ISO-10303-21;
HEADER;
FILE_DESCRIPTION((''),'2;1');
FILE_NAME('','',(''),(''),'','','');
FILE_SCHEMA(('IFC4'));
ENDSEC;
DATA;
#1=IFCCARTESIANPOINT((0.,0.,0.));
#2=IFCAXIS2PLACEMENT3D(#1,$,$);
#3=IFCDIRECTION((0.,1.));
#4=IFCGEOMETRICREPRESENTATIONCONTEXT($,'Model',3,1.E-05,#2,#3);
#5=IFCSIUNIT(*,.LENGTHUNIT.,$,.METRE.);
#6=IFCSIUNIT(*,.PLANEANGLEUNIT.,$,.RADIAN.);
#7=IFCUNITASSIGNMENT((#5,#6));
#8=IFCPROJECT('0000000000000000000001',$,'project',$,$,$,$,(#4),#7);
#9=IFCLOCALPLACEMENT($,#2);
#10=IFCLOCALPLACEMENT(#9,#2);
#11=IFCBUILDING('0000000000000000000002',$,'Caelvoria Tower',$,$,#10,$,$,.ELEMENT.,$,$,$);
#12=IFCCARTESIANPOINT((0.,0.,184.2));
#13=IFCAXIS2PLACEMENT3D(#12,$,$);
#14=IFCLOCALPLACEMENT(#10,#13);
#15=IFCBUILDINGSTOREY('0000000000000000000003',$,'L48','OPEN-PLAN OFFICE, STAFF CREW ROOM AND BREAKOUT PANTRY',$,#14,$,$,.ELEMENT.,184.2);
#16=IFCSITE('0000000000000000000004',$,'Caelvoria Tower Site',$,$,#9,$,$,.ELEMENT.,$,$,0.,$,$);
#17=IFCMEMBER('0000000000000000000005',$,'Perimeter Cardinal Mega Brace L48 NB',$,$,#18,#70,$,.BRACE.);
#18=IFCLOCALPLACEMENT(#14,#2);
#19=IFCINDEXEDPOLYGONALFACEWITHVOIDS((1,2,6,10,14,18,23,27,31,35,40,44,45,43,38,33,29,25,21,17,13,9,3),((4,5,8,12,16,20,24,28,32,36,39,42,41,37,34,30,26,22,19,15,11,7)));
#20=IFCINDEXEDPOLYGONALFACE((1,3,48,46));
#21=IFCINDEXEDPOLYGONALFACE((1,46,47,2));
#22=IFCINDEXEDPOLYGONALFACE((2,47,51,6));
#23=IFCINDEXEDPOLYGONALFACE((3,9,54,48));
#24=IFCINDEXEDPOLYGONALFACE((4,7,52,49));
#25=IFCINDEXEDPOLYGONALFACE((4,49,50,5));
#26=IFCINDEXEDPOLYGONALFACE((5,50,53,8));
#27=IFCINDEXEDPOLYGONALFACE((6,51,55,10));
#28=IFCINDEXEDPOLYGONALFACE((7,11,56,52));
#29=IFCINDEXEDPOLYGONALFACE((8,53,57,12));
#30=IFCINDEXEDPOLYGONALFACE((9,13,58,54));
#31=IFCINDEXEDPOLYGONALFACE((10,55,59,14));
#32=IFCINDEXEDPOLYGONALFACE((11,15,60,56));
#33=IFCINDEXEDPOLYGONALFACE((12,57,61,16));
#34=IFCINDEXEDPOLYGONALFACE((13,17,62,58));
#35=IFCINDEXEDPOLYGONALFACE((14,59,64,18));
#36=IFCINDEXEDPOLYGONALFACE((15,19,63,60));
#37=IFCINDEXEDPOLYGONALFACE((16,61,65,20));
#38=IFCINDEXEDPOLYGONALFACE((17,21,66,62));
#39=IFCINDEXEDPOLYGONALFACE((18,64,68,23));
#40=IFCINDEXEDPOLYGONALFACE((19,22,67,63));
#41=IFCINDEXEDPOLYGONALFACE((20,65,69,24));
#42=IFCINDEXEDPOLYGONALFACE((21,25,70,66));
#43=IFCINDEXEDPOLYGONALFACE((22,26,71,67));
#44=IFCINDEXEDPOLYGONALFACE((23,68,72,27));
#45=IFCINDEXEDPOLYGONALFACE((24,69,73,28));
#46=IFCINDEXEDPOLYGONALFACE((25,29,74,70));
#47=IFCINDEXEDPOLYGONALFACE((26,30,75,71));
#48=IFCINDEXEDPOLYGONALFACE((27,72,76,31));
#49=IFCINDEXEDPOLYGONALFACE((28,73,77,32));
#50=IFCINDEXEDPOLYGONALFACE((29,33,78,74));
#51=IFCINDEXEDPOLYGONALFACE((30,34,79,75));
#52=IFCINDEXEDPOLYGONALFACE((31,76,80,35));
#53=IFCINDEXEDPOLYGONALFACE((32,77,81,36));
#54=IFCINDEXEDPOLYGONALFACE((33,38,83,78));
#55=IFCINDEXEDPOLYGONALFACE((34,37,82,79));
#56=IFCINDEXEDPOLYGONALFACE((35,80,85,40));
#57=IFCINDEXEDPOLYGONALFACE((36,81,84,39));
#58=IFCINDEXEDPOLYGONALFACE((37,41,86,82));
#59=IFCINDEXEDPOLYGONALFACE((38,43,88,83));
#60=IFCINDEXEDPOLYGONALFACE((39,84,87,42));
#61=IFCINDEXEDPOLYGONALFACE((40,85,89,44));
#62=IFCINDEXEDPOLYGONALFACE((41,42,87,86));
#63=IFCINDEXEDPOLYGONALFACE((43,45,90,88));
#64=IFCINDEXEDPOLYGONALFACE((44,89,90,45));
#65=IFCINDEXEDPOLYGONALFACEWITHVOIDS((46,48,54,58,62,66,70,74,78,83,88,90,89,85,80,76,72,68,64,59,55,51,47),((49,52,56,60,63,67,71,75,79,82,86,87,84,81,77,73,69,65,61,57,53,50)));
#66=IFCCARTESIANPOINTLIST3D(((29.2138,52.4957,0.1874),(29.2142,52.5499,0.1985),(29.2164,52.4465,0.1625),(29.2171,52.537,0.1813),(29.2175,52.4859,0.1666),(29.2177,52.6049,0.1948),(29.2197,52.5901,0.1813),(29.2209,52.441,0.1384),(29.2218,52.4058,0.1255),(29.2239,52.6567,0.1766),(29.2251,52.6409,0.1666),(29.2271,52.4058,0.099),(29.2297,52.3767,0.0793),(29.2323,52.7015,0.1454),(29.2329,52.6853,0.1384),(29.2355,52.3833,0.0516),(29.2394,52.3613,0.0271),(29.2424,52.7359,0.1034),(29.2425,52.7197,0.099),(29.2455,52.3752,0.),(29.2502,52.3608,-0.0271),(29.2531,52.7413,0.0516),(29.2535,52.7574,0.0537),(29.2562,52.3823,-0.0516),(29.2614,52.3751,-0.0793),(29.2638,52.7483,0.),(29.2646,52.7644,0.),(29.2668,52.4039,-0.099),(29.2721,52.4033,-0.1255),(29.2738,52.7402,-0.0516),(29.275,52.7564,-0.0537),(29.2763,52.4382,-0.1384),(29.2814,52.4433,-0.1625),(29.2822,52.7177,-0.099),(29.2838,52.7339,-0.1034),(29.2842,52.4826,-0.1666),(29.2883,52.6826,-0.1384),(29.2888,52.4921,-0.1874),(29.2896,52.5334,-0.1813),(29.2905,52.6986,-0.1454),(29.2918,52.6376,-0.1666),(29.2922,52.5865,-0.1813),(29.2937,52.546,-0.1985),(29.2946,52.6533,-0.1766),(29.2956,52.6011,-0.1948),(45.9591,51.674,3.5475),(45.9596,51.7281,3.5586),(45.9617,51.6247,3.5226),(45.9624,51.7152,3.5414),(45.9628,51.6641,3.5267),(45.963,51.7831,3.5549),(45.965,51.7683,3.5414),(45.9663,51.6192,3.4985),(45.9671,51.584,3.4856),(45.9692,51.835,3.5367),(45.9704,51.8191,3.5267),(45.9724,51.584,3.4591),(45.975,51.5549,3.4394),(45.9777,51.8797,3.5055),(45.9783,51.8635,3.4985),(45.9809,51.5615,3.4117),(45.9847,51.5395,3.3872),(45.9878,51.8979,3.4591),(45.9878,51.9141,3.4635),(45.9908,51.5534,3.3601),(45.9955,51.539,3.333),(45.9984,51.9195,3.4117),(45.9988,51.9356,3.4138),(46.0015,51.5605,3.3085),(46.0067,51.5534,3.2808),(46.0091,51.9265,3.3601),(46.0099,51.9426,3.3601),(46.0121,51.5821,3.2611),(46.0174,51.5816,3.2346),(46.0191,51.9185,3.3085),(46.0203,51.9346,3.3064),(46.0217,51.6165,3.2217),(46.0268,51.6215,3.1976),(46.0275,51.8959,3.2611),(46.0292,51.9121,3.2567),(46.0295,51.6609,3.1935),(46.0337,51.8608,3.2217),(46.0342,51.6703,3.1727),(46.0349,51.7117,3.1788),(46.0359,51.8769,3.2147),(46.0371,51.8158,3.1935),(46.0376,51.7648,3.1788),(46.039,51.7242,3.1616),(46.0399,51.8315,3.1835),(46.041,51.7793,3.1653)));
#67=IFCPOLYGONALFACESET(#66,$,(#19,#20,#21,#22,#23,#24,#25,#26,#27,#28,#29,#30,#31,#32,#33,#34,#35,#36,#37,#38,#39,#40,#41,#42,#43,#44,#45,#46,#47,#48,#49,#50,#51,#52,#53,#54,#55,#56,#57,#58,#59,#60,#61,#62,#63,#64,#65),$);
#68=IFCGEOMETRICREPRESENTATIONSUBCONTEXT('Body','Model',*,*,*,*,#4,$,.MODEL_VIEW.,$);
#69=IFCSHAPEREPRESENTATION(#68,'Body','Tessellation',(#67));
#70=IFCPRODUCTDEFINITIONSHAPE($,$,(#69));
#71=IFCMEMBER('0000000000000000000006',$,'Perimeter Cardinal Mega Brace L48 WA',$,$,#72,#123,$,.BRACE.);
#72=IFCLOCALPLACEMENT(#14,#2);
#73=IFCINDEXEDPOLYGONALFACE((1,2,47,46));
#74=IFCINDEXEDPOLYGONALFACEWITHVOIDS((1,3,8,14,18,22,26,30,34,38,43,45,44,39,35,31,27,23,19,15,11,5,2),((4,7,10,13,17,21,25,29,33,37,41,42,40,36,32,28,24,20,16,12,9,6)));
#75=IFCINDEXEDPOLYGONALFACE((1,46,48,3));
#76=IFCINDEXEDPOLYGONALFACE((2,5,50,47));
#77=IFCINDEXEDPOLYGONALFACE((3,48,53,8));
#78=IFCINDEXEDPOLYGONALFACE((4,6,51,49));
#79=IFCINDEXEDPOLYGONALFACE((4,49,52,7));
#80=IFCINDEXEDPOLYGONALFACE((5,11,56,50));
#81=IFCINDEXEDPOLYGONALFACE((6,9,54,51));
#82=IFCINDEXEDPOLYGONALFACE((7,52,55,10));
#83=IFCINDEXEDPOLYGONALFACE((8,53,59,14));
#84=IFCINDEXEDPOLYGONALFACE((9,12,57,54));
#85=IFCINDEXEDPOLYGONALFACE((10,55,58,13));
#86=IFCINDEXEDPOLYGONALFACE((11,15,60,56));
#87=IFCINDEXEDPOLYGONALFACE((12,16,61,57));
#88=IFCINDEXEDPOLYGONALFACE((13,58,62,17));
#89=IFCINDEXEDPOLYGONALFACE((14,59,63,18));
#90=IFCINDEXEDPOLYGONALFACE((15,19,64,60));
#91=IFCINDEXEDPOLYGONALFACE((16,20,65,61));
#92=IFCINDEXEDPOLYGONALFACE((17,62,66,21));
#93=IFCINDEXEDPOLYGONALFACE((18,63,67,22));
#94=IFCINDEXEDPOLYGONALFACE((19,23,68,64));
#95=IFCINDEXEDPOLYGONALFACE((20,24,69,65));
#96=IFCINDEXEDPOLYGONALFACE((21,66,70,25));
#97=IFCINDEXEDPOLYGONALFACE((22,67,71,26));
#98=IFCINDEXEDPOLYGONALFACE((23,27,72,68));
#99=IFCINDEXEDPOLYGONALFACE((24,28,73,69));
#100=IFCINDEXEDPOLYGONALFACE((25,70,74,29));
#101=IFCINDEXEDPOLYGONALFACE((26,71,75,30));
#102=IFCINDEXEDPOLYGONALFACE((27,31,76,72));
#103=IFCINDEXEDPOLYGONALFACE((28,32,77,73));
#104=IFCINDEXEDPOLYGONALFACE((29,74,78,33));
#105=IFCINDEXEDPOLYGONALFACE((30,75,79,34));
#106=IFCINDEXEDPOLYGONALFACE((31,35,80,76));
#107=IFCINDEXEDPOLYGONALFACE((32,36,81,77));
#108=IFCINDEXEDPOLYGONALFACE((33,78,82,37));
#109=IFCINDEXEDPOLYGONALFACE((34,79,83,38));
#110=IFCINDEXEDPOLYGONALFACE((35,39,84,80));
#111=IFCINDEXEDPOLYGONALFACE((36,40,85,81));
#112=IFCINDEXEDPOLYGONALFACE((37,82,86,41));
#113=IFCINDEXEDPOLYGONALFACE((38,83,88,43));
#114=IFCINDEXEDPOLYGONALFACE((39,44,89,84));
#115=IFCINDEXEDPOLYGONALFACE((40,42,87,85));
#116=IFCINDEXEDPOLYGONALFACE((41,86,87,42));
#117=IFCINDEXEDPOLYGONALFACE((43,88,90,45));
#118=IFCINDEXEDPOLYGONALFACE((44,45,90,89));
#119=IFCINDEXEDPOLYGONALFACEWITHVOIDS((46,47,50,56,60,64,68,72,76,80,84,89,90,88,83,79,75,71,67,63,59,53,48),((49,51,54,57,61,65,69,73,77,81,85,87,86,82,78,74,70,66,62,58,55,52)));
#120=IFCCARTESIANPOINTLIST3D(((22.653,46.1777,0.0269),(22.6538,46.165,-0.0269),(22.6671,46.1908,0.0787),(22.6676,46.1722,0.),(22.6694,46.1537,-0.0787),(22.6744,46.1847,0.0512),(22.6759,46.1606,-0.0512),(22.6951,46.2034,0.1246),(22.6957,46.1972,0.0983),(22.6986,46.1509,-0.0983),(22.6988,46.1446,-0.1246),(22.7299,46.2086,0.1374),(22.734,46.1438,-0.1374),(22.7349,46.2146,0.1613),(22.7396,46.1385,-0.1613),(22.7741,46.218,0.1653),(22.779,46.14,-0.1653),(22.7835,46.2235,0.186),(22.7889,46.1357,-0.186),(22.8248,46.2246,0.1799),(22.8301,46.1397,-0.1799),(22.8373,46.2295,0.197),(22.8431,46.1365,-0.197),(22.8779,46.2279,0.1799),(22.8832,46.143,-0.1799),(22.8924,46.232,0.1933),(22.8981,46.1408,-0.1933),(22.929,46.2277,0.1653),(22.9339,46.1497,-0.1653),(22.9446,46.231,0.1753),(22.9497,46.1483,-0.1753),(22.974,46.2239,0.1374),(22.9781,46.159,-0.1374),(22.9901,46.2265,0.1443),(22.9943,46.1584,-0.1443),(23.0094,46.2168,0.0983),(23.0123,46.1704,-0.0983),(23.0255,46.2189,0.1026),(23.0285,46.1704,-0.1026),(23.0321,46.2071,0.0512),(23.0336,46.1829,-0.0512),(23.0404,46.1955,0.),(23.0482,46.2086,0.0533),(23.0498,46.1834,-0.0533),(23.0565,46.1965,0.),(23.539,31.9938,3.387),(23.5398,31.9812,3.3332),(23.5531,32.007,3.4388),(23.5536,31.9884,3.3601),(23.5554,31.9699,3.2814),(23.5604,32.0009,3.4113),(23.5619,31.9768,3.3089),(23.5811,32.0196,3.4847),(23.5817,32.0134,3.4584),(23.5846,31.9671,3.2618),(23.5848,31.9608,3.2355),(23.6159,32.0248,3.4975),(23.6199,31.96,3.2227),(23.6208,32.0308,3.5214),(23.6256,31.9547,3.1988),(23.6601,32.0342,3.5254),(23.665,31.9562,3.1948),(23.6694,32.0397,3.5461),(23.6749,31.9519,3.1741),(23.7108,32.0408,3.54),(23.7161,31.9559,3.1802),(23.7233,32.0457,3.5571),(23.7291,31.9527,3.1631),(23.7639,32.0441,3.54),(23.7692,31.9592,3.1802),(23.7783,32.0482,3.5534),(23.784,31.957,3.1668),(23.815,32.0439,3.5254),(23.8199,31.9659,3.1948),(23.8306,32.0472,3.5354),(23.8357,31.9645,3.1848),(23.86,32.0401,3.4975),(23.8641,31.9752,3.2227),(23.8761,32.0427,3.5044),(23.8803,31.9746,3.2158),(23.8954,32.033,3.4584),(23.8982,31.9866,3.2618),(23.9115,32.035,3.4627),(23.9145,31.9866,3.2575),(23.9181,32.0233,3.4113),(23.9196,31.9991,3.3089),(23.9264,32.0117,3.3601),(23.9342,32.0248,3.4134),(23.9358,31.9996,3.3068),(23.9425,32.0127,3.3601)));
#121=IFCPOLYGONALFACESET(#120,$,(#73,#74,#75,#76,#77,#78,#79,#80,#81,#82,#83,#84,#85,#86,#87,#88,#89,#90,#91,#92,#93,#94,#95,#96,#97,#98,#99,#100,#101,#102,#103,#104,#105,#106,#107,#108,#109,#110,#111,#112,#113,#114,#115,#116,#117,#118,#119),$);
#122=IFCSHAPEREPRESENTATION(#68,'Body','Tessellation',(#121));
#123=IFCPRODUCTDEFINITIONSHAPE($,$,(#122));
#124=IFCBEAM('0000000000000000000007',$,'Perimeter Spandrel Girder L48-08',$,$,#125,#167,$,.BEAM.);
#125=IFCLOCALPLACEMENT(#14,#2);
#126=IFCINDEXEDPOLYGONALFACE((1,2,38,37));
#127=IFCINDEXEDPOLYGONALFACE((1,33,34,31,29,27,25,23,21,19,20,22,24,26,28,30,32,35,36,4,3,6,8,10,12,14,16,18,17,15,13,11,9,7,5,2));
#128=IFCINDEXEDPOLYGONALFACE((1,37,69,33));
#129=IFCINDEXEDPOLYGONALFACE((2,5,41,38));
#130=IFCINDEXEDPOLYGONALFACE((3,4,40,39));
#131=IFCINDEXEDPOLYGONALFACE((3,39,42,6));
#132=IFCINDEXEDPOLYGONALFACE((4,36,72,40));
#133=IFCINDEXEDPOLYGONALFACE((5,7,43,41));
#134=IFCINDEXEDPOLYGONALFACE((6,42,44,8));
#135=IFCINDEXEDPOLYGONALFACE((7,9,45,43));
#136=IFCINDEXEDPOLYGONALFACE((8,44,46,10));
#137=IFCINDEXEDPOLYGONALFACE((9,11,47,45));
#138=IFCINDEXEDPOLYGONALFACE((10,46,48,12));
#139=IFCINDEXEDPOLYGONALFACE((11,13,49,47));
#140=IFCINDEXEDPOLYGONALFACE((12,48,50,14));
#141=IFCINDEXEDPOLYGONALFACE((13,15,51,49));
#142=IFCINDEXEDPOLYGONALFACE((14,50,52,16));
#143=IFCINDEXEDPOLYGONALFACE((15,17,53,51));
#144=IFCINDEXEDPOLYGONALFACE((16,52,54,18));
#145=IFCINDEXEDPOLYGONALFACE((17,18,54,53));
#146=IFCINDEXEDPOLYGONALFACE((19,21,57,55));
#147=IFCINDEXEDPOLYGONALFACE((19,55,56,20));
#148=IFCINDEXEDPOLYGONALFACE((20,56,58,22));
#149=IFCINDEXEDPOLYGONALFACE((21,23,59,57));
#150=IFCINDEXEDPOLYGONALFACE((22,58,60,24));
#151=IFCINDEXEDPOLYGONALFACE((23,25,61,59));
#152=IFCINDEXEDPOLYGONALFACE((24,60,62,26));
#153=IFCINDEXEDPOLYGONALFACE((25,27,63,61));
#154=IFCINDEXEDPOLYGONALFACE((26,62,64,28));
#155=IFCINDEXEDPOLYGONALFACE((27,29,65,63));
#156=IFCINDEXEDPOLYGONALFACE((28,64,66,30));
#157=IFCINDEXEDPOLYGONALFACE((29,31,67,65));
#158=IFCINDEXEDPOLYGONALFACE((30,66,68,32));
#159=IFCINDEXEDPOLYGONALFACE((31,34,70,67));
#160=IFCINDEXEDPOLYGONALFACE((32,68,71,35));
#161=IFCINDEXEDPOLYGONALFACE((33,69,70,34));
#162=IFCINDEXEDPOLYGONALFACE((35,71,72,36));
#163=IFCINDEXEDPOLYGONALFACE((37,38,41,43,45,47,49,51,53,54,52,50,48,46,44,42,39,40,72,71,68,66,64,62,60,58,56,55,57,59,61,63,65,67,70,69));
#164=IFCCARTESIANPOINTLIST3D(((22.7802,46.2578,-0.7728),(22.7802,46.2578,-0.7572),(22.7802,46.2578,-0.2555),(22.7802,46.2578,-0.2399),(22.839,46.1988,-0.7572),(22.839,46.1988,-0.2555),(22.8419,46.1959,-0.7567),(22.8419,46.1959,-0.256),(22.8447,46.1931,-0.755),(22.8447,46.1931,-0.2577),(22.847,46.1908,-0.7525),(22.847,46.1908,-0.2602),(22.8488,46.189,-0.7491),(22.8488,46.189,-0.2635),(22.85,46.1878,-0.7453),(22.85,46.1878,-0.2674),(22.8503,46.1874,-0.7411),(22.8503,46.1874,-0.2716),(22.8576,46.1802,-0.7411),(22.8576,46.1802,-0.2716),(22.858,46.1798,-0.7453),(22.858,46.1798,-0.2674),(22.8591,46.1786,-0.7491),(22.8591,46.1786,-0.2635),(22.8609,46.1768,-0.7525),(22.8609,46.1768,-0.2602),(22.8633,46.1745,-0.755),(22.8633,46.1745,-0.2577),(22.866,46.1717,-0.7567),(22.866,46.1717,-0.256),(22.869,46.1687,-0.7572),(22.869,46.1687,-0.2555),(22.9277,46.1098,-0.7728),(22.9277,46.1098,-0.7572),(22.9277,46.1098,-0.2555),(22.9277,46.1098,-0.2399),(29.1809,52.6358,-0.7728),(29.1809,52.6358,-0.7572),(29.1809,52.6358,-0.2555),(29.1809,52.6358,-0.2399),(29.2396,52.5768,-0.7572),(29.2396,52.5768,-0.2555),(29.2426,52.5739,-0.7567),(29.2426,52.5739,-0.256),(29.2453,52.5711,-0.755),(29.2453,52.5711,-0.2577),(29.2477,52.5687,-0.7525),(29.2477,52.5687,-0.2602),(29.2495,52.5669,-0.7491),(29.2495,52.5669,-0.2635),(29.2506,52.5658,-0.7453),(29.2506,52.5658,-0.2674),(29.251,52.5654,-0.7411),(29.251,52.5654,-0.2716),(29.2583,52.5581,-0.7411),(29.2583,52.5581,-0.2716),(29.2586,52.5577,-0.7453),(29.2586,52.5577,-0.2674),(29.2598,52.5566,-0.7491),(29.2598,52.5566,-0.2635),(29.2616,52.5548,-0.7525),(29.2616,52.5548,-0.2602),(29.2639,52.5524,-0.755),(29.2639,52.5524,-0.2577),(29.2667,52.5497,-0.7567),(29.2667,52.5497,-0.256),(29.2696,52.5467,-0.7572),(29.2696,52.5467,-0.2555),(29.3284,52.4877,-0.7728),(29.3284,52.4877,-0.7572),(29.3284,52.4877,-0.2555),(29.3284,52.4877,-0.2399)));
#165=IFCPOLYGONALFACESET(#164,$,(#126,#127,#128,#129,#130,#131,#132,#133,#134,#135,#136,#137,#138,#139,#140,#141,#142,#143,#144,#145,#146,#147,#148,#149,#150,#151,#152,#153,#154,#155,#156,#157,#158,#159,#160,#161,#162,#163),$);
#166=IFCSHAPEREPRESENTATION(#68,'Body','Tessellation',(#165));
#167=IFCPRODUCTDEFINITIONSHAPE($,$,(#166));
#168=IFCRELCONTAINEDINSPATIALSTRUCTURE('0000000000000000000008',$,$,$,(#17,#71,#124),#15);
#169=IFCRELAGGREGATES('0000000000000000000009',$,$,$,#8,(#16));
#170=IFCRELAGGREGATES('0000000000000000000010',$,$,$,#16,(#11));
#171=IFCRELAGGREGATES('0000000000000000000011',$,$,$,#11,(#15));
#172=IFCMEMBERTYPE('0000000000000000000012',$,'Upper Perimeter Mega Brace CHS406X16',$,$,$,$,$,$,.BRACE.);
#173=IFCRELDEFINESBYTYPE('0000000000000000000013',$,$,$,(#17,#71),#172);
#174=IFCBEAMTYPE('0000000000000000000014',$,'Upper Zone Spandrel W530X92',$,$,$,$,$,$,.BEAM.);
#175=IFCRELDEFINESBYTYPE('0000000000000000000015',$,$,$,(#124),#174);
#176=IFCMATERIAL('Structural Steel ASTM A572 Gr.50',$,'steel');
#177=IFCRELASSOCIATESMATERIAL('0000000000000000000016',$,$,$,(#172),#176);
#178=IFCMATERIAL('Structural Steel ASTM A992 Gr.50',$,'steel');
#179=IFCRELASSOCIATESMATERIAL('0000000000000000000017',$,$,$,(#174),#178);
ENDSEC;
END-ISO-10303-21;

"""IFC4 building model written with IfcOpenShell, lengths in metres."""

from ifc_helpers import new_model, si_unit, direction, frame, origin, origin_2d, place, context, subcontext, project, spatial, hollow_circle, i_section, extrude, material, material_profile, profile_set, type_object, element, save


model = new_model("IFC4")

# Units and contexts
model_context = context("Model", 3, precision=1e-05, world=origin(), true_north=direction((0.0, 1.0)))
body_context = subcontext(model_context, "Body", "Model", "MODEL_VIEW")
ifc_project = project(units=[si_unit("LENGTHUNIT", "METRE"), si_unit("PLANEANGLEUNIT", "RADIAN")], contexts=[model_context])

# Site, building, storey
site_placement = place(None, origin())
site = spatial("IfcSite", under=ifc_project, at=site_placement, Name="Caelvoria Tower Site", CompositionType="ELEMENT", RefElevation=0.0)
building_placement = place(site_placement, origin())
building = spatial("IfcBuilding", under=site, at=building_placement, Name="Caelvoria Tower", CompositionType="ELEMENT")
storey_placement = place(building_placement, frame((0.0, 0.0, 184.2)))
storey = spatial("IfcBuildingStorey", under=building, at=storey_placement, Name="L48", Description="OPEN-PLAN OFFICE, STAFF CREW ROOM AND BREAKOUT PANTRY", CompositionType="ELEMENT", Elevation=184.2)

# Shared definitions
ifc_material_1 = material(Name="Structural Steel ASTM A572 Gr.50", Category="steel")

# Shared definitions
ifc_material_2 = material(Name="Structural Steel ASTM A992 Gr.50", Category="steel")

# Members
ifc_material_profile_1 = material_profile(ifc_material_1, hollow_circle(Radius=0.2029, WallThickness=0.0161, at=origin_2d()), Name="Structural Steel ASTM A572 Gr.50")
ifc_profile_set_1 = profile_set([ifc_material_profile_1], Name="CHS406X16 - Structural Steel ASTM A572 Gr.50")
member_type = type_object("IfcMemberType", Name="Upper Perimeter Mega Brace CHS406X16", PredefinedType="BRACE", material=ifc_profile_set_1)
member_1_placement = place(storey_placement, frame((29.2546, 52.5618, 0.0), z_axis=(0.979323, -0.04806, 0.19651), x_axis=(0.049016, 0.998798, 0.0)))
element("IfcMember", 1, at=member_1_placement, inside=storey, type_object=member_type, Name="Perimeter Cardinal Mega Brace L48 NB", PredefinedType="BRACE", context=body_context, shape_type="SweptSolid", body=[
    extrude(hollow_circle(Radius=0.2029, WallThickness=0.0161, at=origin_2d()), origin(), (0.0, 0.0, 1.0), 17.0989),
])
member_2_placement = place(storey_placement, frame((22.854, 46.1838, 0.0), z_axis=(0.06067, -0.971276, 0.230092), x_axis=(0.998055, 0.062343, 0.0)))
element("IfcMember", 2, at=member_2_placement, inside=storey, type_object=member_type, Name="Perimeter Cardinal Mega Brace L48 WA", PredefinedType="BRACE", context=body_context, shape_type="SweptSolid", body=[
    extrude(hollow_circle(Radius=0.2029, WallThickness=0.0161, at=origin_2d()), origin(), (0.0, 0.0, 1.0), 14.6033),
])

# Beam
ifc_material_profile_2 = material_profile(ifc_material_2, i_section(OverallWidth=0.209, OverallDepth=0.533, WebThickness=0.0103, FlangeThickness=0.0156, FilletRadius=0.0161, at=origin_2d()), Name="Structural Steel ASTM A992 Gr.50")
ifc_profile_set_2 = profile_set([ifc_material_profile_2], Name="W530X92 - Structural Steel ASTM A992 Gr.50")
beam_type_1 = type_object("IfcBeamType", Name="Upper Zone Spandrel W530X92", PredefinedType="BEAM", material=ifc_profile_set_2)
beam_1_placement = place(storey_placement, frame((29.2546, 52.5618, -0.5063), z_axis=(-0.708362, -0.705849, 0.0), x_axis=(0.705849, -0.708362, 0.0)))
element("IfcBeam", 3, at=beam_1_placement, inside=storey, type_object=beam_type_1, Name="Perimeter Spandrel Girder L48-08", PredefinedType="BEAM", context=body_context, shape_type="SweptSolid", body=[
    extrude(i_section(OverallWidth=0.209, OverallDepth=0.533, WebThickness=0.0103, FlangeThickness=0.0156, FilletRadius=0.0161, at=origin_2d()), origin(), (0.0, 0.0, 1.0), 9.0359),
])

save(model, "model.ifc")
